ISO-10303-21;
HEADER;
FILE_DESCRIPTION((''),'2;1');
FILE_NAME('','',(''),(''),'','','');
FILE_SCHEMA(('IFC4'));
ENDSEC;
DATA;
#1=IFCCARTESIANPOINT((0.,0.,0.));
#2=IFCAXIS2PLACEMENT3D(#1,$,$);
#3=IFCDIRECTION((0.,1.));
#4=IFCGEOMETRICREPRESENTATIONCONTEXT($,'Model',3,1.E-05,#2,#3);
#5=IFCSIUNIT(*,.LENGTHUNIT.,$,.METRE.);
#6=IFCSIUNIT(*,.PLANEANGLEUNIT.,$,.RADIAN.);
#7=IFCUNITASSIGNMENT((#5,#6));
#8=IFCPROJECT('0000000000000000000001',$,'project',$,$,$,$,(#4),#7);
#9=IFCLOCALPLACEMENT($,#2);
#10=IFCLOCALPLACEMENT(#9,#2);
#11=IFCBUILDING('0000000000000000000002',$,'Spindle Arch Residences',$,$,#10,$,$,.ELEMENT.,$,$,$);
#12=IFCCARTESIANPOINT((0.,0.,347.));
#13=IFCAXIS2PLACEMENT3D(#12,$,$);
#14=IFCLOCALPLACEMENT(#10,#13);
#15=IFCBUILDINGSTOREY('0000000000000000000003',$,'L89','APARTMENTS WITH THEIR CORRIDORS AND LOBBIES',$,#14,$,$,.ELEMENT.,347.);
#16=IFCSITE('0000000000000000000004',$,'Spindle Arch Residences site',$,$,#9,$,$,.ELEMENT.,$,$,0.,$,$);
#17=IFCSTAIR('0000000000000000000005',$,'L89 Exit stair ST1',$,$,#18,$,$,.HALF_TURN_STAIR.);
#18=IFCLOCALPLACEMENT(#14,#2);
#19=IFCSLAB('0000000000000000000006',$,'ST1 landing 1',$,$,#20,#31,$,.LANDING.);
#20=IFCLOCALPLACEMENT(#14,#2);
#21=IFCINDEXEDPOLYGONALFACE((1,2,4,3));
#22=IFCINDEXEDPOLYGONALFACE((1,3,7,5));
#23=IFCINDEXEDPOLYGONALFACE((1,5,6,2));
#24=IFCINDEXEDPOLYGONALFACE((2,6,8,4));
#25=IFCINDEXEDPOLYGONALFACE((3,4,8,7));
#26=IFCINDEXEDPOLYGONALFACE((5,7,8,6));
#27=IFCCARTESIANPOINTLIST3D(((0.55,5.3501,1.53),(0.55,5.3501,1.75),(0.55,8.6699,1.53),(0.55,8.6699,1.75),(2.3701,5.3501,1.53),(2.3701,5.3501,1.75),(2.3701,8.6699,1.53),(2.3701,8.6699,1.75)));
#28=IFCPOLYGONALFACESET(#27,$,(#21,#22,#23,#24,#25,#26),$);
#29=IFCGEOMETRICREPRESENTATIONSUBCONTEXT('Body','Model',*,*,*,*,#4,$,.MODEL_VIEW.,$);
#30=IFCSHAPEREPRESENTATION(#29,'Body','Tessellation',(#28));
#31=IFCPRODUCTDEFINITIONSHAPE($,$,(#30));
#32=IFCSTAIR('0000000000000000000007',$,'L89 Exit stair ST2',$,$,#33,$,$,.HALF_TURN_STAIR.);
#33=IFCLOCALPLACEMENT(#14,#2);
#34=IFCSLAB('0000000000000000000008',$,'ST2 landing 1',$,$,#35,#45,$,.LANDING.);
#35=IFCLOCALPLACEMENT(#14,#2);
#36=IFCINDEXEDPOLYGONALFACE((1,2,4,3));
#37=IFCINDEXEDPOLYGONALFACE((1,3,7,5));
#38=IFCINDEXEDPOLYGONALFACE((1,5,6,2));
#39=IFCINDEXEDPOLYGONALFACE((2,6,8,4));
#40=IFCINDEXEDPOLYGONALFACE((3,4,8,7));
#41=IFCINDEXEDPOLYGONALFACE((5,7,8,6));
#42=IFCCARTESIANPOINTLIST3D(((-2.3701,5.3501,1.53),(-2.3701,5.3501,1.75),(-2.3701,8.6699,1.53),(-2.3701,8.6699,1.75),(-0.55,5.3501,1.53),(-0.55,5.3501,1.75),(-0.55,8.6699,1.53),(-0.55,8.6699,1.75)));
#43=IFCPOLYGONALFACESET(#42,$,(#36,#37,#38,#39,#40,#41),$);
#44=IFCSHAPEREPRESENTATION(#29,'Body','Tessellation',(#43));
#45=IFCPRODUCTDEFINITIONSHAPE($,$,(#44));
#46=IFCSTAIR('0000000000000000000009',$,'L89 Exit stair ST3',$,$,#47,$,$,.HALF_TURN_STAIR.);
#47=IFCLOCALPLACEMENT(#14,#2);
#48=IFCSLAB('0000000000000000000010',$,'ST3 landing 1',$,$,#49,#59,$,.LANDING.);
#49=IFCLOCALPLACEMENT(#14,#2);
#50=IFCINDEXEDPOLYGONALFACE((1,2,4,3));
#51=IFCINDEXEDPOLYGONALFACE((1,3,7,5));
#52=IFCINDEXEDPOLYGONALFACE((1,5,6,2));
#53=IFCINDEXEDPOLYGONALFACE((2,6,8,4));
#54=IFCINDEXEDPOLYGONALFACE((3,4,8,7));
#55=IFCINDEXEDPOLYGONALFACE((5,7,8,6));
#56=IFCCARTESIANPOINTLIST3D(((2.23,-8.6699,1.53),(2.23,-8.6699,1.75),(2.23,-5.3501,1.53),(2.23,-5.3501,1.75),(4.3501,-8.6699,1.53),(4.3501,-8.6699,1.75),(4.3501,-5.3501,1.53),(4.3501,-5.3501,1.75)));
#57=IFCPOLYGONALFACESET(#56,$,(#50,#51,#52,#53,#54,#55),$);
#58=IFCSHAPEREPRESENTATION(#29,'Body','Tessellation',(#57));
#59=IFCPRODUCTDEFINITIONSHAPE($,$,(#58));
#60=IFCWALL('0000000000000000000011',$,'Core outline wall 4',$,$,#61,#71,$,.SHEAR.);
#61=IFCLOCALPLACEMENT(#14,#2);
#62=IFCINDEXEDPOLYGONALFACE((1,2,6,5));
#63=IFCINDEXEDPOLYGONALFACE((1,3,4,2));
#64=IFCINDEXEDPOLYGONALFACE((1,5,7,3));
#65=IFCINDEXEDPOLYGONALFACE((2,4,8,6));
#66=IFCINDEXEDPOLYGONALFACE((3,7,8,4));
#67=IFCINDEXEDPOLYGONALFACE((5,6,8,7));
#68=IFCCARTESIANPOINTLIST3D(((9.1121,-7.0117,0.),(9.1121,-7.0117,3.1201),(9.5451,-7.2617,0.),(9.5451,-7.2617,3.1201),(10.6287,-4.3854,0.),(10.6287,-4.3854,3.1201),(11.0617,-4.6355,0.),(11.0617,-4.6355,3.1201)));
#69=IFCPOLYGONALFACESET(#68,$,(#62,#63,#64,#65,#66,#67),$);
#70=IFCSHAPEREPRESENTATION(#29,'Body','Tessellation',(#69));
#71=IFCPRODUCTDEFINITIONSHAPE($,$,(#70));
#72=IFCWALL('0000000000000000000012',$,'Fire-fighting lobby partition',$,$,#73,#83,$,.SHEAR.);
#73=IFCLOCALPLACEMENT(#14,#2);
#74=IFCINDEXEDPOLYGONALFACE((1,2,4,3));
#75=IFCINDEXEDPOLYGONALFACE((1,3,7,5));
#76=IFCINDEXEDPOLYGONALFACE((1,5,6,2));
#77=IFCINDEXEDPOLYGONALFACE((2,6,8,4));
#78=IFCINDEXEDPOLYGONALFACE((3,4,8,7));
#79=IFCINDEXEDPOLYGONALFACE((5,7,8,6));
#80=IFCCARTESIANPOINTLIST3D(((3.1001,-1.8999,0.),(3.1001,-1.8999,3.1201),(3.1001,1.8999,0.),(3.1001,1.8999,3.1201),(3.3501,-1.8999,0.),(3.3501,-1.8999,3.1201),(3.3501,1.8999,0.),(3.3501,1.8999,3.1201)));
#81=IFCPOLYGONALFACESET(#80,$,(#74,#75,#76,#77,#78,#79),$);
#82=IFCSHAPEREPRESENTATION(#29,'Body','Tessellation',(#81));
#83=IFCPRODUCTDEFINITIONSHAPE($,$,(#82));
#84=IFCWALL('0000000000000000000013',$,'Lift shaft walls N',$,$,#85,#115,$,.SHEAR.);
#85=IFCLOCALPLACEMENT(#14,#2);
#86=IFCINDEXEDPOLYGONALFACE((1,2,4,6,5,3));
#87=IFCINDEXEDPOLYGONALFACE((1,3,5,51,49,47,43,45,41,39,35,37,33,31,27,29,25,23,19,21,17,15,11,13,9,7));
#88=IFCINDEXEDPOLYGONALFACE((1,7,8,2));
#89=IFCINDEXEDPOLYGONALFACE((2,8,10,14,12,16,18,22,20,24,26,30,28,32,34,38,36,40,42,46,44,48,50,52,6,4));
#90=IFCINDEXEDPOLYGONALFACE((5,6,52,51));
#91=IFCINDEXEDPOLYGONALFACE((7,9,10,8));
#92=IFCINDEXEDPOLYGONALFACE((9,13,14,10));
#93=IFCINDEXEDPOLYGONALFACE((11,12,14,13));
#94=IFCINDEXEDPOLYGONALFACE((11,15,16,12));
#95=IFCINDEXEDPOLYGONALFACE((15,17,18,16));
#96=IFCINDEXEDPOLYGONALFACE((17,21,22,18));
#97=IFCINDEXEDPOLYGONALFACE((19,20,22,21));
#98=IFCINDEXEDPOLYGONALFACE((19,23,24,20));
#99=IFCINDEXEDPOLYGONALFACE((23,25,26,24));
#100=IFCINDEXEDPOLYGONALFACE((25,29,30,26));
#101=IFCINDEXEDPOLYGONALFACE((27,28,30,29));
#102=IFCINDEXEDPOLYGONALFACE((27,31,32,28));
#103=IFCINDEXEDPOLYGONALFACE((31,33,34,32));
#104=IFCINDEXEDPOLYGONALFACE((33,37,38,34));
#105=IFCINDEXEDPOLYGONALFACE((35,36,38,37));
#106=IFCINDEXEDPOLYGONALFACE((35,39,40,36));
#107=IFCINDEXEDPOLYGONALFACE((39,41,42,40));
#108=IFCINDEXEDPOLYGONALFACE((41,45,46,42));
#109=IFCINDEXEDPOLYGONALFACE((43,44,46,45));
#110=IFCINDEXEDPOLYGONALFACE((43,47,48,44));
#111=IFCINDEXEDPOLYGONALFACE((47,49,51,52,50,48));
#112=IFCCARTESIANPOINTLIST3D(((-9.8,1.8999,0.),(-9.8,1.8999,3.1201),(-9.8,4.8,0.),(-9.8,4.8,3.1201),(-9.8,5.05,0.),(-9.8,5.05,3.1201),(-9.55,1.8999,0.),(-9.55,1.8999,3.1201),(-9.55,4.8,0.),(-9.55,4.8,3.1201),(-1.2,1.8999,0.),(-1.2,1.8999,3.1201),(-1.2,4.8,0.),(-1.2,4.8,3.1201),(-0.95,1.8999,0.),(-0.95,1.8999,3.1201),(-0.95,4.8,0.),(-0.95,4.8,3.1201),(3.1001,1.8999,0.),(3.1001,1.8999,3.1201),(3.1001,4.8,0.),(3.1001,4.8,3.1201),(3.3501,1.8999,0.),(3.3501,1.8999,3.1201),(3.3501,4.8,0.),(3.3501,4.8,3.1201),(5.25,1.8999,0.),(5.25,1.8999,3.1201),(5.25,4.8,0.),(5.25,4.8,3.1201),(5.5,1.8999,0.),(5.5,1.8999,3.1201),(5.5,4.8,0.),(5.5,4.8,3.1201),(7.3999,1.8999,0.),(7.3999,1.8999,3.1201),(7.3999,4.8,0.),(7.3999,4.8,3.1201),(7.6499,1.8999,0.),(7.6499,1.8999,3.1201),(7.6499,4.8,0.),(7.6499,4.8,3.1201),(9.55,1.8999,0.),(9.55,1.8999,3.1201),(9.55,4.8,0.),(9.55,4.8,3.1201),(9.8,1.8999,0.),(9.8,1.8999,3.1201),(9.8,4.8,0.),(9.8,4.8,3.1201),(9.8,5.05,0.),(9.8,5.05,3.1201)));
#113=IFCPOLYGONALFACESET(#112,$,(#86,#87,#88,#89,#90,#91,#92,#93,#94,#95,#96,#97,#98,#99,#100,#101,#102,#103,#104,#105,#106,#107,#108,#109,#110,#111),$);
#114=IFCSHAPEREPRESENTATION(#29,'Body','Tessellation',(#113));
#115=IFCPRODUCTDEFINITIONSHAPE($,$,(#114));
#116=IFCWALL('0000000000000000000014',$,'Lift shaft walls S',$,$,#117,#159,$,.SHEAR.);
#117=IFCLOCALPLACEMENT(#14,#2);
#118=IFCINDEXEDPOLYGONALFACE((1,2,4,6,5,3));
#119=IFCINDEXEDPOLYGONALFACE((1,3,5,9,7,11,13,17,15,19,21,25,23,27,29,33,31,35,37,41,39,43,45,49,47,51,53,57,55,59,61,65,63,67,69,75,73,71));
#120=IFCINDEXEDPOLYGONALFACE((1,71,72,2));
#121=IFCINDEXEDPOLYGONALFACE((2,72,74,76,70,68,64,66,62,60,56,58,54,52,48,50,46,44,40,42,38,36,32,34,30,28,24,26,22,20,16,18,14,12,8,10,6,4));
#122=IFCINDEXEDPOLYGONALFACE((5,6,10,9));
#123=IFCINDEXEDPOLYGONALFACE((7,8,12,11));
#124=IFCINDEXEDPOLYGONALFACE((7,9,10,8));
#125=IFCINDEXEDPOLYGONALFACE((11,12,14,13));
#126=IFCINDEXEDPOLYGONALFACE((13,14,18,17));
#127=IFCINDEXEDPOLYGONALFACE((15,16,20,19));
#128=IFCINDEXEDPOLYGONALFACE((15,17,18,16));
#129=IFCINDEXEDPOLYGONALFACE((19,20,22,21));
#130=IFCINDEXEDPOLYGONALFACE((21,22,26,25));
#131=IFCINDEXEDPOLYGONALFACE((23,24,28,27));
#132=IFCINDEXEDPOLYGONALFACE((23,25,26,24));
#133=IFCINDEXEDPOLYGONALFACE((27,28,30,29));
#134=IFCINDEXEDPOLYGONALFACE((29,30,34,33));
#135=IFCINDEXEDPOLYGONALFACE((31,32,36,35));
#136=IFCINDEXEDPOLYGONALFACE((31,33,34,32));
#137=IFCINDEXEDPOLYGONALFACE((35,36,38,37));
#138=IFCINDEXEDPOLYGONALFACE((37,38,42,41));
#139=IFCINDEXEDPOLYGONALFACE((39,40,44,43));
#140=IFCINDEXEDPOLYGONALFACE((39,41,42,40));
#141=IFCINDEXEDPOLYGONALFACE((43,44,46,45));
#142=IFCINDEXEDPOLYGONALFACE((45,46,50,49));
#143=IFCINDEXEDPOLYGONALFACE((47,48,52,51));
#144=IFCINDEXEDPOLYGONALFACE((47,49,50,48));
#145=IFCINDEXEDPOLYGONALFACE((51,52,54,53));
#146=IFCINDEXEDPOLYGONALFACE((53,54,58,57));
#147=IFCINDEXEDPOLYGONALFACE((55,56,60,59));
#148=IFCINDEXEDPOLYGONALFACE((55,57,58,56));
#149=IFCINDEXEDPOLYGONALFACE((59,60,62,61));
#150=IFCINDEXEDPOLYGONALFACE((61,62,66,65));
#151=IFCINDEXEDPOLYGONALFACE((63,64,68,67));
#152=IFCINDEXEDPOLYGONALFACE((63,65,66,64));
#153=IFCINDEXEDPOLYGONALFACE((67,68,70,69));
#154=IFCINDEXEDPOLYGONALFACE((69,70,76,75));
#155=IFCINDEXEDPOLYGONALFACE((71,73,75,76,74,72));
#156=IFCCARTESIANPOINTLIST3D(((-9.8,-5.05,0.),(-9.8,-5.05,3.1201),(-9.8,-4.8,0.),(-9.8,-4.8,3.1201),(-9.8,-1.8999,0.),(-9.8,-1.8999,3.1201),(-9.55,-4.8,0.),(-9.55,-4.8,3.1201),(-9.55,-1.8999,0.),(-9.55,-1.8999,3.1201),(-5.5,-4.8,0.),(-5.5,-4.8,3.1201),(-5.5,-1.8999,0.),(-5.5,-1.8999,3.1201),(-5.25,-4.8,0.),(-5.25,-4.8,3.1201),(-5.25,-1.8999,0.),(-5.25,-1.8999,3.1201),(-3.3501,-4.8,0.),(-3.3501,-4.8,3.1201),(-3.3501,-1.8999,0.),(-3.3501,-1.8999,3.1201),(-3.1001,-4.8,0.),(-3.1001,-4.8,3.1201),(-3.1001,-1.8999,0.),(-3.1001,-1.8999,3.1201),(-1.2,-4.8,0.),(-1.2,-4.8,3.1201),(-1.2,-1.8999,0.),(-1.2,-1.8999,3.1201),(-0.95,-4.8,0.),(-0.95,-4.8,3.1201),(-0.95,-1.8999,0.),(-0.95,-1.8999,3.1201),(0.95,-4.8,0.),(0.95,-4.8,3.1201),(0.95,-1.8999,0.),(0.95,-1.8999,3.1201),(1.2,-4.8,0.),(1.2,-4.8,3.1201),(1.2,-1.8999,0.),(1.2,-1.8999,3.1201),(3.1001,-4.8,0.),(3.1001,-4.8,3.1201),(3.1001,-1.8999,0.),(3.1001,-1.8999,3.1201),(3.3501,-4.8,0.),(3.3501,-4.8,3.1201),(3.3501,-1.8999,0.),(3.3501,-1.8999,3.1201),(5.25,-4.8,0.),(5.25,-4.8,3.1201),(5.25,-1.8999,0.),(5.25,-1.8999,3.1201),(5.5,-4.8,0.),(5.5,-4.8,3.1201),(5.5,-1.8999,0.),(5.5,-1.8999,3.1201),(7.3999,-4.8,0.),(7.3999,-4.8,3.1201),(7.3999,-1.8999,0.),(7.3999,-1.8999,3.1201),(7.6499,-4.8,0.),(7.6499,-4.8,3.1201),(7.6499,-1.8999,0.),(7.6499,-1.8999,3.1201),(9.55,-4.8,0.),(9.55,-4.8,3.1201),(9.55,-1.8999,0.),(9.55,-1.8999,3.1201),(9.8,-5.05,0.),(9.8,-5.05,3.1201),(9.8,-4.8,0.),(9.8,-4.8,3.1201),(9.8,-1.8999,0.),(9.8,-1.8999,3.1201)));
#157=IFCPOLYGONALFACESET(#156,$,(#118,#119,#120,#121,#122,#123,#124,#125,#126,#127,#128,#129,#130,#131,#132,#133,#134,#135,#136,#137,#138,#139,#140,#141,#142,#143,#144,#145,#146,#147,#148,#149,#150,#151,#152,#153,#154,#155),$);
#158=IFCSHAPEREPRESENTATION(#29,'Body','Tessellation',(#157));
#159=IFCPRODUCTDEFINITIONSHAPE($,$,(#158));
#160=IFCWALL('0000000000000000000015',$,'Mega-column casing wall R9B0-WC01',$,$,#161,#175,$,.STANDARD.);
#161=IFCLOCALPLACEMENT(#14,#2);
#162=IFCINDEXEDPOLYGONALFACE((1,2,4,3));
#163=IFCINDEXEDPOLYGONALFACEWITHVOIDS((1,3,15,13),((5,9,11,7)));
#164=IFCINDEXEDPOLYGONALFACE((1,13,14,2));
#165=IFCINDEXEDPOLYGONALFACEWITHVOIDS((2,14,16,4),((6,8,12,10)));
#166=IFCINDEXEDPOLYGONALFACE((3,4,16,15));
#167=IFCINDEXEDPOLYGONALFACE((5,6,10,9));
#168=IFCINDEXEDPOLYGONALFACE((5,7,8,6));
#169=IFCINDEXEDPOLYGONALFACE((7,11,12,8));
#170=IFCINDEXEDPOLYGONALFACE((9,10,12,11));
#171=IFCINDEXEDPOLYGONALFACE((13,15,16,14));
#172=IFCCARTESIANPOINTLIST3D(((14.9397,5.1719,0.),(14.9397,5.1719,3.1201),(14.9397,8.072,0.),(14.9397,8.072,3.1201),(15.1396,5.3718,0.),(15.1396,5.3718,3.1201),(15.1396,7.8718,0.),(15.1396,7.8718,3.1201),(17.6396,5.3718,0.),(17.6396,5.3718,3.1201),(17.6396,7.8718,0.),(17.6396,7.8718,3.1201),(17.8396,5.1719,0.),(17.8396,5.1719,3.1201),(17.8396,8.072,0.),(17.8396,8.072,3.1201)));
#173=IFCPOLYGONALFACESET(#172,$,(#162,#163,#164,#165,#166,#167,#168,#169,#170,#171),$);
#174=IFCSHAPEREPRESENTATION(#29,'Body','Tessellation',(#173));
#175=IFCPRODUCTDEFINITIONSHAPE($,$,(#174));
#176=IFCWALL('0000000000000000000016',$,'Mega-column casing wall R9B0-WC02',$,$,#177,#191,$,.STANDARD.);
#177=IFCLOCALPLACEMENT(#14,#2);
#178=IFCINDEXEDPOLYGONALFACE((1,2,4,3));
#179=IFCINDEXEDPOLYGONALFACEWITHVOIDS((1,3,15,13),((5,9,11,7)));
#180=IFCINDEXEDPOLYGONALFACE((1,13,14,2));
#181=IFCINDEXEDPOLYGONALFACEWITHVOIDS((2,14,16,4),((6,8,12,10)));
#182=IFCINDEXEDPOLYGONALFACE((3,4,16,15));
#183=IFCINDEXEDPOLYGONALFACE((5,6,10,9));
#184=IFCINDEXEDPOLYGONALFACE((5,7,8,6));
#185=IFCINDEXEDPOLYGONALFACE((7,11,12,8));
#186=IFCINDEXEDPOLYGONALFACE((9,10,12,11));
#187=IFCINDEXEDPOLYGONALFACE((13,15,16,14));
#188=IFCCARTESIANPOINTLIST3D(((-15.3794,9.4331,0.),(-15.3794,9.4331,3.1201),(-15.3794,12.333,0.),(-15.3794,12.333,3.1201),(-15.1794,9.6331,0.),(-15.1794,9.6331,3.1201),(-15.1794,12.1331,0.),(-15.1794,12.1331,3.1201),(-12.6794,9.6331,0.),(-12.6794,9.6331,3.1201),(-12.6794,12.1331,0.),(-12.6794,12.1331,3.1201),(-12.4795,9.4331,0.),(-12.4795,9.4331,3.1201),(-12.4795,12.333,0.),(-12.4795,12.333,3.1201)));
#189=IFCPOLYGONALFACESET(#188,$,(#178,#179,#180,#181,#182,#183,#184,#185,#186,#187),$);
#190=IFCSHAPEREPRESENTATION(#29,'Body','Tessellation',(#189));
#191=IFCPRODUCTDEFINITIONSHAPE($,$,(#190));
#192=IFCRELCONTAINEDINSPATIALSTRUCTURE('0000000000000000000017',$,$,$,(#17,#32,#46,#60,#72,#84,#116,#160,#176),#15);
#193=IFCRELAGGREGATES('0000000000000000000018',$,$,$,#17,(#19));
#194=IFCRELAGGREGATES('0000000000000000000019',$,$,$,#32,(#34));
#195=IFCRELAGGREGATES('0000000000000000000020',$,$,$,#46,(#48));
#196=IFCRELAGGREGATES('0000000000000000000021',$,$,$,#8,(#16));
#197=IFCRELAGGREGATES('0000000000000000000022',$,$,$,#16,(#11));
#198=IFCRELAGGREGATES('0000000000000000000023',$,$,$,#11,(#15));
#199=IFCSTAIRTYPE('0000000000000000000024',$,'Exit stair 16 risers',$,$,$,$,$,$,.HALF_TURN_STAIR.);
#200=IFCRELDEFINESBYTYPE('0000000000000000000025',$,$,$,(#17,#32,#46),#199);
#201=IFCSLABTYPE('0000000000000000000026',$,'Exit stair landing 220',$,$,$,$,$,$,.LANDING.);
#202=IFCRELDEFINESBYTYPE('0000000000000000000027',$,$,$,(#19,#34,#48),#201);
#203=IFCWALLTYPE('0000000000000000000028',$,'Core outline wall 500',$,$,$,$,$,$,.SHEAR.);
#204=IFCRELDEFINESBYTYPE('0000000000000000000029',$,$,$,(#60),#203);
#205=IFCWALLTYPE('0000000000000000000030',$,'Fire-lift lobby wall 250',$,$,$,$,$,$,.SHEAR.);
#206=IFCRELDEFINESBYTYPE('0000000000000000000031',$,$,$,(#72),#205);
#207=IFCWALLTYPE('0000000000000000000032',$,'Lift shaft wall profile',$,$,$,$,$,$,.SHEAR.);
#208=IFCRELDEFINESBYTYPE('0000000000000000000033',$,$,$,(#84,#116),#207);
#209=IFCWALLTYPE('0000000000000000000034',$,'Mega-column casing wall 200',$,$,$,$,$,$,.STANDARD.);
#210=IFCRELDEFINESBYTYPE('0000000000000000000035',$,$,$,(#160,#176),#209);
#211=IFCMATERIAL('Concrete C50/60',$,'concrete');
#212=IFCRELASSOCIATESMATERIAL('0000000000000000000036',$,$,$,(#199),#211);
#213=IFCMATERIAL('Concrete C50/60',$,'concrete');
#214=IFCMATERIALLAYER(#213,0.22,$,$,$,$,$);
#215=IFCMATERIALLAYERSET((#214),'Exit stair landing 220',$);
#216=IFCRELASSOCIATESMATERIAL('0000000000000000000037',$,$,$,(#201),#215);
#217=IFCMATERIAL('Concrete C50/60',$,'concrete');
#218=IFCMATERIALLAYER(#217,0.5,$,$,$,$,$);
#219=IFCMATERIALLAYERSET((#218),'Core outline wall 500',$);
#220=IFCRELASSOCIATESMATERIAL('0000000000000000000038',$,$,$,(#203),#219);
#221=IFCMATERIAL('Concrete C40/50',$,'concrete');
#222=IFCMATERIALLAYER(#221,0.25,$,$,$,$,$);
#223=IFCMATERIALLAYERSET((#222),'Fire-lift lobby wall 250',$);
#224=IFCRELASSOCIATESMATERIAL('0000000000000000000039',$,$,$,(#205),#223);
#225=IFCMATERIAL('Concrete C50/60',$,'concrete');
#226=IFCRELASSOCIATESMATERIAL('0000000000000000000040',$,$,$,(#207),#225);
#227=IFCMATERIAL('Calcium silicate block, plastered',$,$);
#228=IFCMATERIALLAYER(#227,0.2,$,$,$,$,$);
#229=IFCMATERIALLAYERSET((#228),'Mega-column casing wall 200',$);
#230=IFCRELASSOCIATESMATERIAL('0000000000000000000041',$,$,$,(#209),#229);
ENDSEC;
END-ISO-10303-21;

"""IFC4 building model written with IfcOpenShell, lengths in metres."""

from ifc_helpers import new_model, si_unit, direction, frame, frame_2d, origin, place, context, subcontext, project, spatial, polyline, rectangle, outline, extrude, material, layer, layer_set, type_object, element, aggregate, save


model = new_model("IFC4")

# Units and contexts
model_context = context("Model", 3, precision=1e-05, world=origin(), true_north=direction((0.0, 1.0)))
body_context = subcontext(model_context, "Body", "Model", "MODEL_VIEW")
ifc_project = project(units=[si_unit("LENGTHUNIT", "METRE"), si_unit("PLANEANGLEUNIT", "RADIAN")], contexts=[model_context])

# Site, building, storey
site_placement = place(None, origin())
site = spatial("IfcSite", under=ifc_project, at=site_placement, Name="Spindle Arch Residences site", CompositionType="ELEMENT", RefElevation=0.0)
building_placement = place(site_placement, origin())
building = spatial("IfcBuilding", under=site, at=building_placement, Name="Spindle Arch Residences", CompositionType="ELEMENT")
storey_placement = place(building_placement, frame((0.0, 0.0, 347.0)))
storey = spatial("IfcBuildingStorey", under=building, at=storey_placement, Name="L89", Description="APARTMENTS WITH THEIR CORRIDORS AND LOBBIES", CompositionType="ELEMENT", Elevation=347.0)

# Stairs, slabs
ifc_material_1 = material(Name="Concrete C50/60", Category="concrete")
stair_type = type_object("IfcStairType", Name="Exit stair 16 risers", PredefinedType="HALF_TURN_STAIR", material=ifc_material_1)
stair_1_placement = place(storey_placement, origin())
stair_1 = element("IfcStair", 1, at=stair_1_placement, inside=storey, type_object=stair_type, Name="L89 Exit stair ST1", PredefinedType="HALF_TURN_STAIR")
ifc_material_2 = material(Name="Concrete C50/60", Category="concrete")
ifc_layer_1 = layer(ifc_material_2, 0.22)
ifc_layer_set_1 = layer_set([ifc_layer_1], Name="Exit stair landing 220")
slab_type_1 = type_object("IfcSlabType", Name="Exit stair landing 220", PredefinedType="LANDING", material=ifc_layer_set_1)
slab_1_placement = place(storey_placement, frame((0.0, 0.0, 1.53)))
slab_1 = element("IfcSlab", 2, at=slab_1_placement, type_object=slab_type_1, Name="ST1 landing 1", PredefinedType="LANDING", context=body_context, shape_type="SweptSolid", body=[
    extrude(outline(polyline([(2.3701, 8.6699), (0.55, 8.6699), (0.55, 5.3501), (2.3701, 5.3501), (2.3701, 8.6699)])), origin(), (0.0, 0.0, 1.0), 0.22),
])
aggregate(stair_1, [slab_1])
stair_2_placement = place(storey_placement, origin())
stair_2 = element("IfcStair", 3, at=stair_2_placement, inside=storey, type_object=stair_type, Name="L89 Exit stair ST2", PredefinedType="HALF_TURN_STAIR")
slab_2_placement = place(storey_placement, frame((0.0, 0.0, 1.53)))
slab_2 = element("IfcSlab", 4, at=slab_2_placement, type_object=slab_type_1, Name="ST2 landing 1", PredefinedType="LANDING", context=body_context, shape_type="SweptSolid", body=[
    extrude(outline(polyline([(-2.3701, 5.3501), (-0.55, 5.3501), (-0.55, 8.6699), (-2.3701, 8.6699), (-2.3701, 5.3501)])), origin(), (0.0, 0.0, 1.0), 0.22),
])
aggregate(stair_2, [slab_2])
stair_3_placement = place(storey_placement, origin())
stair_3 = element("IfcStair", 5, at=stair_3_placement, inside=storey, type_object=stair_type, Name="L89 Exit stair ST3", PredefinedType="HALF_TURN_STAIR")
slab_3_placement = place(storey_placement, frame((0.0, 0.0, 1.53)))
slab_3 = element("IfcSlab", 6, at=slab_3_placement, type_object=slab_type_1, Name="ST3 landing 1", PredefinedType="LANDING", context=body_context, shape_type="SweptSolid", body=[
    extrude(outline(polyline([(2.23, -8.6699), (4.3501, -8.6699), (4.3501, -5.3501), (2.23, -5.3501), (2.23, -8.6699)])), origin(), (0.0, 0.0, 1.0), 0.22),
])

# Walls
ifc_material_3 = material(Name="Concrete C50/60", Category="concrete")
ifc_layer_2 = layer(ifc_material_3, 0.5)
ifc_layer_set_2 = layer_set([ifc_layer_2], Name="Core outline wall 500")
wall_type_1 = type_object("IfcWallType", Name="Core outline wall 500", PredefinedType="SHEAR", material=ifc_layer_set_2)
wall_1_placement = place(storey_placement, frame((9.3286, -7.1367, 0.0), z_axis=(0.0, 0.0, 1.0), x_axis=(0.500087, 0.865975, 0.0)))
element("IfcWall", 7, at=wall_1_placement, inside=storey, type_object=wall_type_1, Name="Core outline wall 4", PredefinedType="SHEAR", context=body_context, shape_type="SweptSolid", body=[
    extrude(rectangle(XDim=3.0327, YDim=0.5, at=frame_2d((1.5164, 0.0))), origin(), (0.0, 0.0, 1.0), 3.1201),
])
ifc_material_4 = material(Name="Concrete C40/50", Category="concrete")
ifc_layer_3 = layer(ifc_material_4, 0.25)
ifc_layer_set_3 = layer_set([ifc_layer_3], Name="Fire-lift lobby wall 250")
wall_type_2 = type_object("IfcWallType", Name="Fire-lift lobby wall 250", PredefinedType="SHEAR", material=ifc_layer_set_3)
wall_2_placement = place(storey_placement, frame((3.2251, -1.8999, 0.0), z_axis=(0.0, 0.0, 1.0), x_axis=(0.0, 1.0, 0.0)))
element("IfcWall", 8, at=wall_2_placement, inside=storey, type_object=wall_type_2, Name="Fire-fighting lobby partition", PredefinedType="SHEAR", context=body_context, shape_type="SweptSolid", body=[
    extrude(rectangle(XDim=3.7998, YDim=0.25, at=frame_2d((1.8999, 0.0))), origin(), (0.0, 0.0, 1.0), 3.1201),
])

# Walls
ifc_material_5 = material(Name="Concrete C50/60", Category="concrete")
wall_type_3 = type_object("IfcWallType", Name="Lift shaft wall profile", PredefinedType="SHEAR", material=ifc_material_5)
wall_3_placement = place(storey_placement, origin())
element("IfcWall", 9, at=wall_3_placement, inside=storey, type_object=wall_type_3, Name="Lift shaft walls N", PredefinedType="SHEAR", context=body_context, shape_type="SweptSolid", body=[
    extrude(outline(polyline([(-9.8, 1.8999), (-9.55, 1.8999), (-9.55, 4.8), (-1.2, 4.8), (-1.2, 1.8999), (-0.95, 1.8999), (-0.95, 4.8), (3.1001, 4.8), (3.1001, 1.8999), (3.3501, 1.8999), (3.3501, 4.8), (5.25, 4.8), (5.25, 1.8999), (5.5, 1.8999), (5.5, 4.8), (7.3999, 4.8), (7.3999, 1.8999), (7.6499, 1.8999), (7.6499, 4.8), (9.55, 4.8), (9.55, 1.8999), (9.8, 1.8999), (9.8, 4.8), (9.8, 5.05), (-9.8, 5.05), (-9.8, 4.8), (-9.8, 1.8999)])), origin(), (0.0, 0.0, 1.0), 3.1201),
])
wall_4_placement = place(storey_placement, origin())
element("IfcWall", 10, at=wall_4_placement, inside=storey, type_object=wall_type_3, Name="Lift shaft walls S", PredefinedType="SHEAR", context=body_context, shape_type="SweptSolid", body=[
    extrude(outline(polyline([(9.8, -5.05), (9.8, -4.8), (9.8, -1.8999), (9.55, -1.8999), (9.55, -4.8), (7.6499, -4.8), (7.6499, -1.8999), (7.3999, -1.8999), (7.3999, -4.8), (5.5, -4.8), (5.5, -1.8999), (5.25, -1.8999), (5.25, -4.8), (3.3501, -4.8), (3.3501, -1.8999), (3.1001, -1.8999), (3.1001, -4.8), (1.2, -4.8), (1.2, -1.8999), (0.95, -1.8999), (0.95, -4.8), (-0.95, -4.8), (-0.95, -1.8999), (-1.2, -1.8999), (-1.2, -4.8), (-3.1001, -4.8), (-3.1001, -1.8999), (-3.3501, -1.8999), (-3.3501, -4.8), (-5.25, -4.8), (-5.25, -1.8999), (-5.5, -1.8999), (-5.5, -4.8), (-9.55, -4.8), (-9.55, -1.8999), (-9.8, -1.8999), (-9.8, -4.8), (-9.8, -5.05), (9.8, -5.05)])), origin(), (0.0, 0.0, 1.0), 3.1201),
])
ifc_material_6 = material(Name="Calcium silicate block, plastered")
ifc_layer_4 = layer(ifc_material_6, 0.2)
ifc_layer_set_4 = layer_set([ifc_layer_4], Name="Mega-column casing wall 200")
wall_type_4 = type_object("IfcWallType", Name="Mega-column casing wall 200", PredefinedType="STANDARD", material=ifc_layer_set_4)
wall_5_placement = place(storey_placement, origin())
element("IfcWall", 11, at=wall_5_placement, inside=storey, type_object=wall_type_4, Name="Mega-column casing wall R9B0-WC01", PredefinedType="STANDARD", context=body_context, shape_type="SweptSolid", body=[
    extrude(outline(polyline([(17.8396, 8.072), (17.8396, 5.1719), (14.9397, 5.1719), (14.9397, 8.072), (17.8396, 8.072)]), holes=[polyline([(15.1396, 5.3718), (17.6396, 5.3718), (17.6396, 7.8718), (15.1396, 7.8718), (15.1396, 5.3718)])]), origin(), (0.0, 0.0, 1.0), 3.1201),
])
wall_6_placement = place(storey_placement, origin())
element("IfcWall", 12, at=wall_6_placement, inside=storey, type_object=wall_type_4, Name="Mega-column casing wall R9B0-WC02", PredefinedType="STANDARD", context=body_context, shape_type="SweptSolid", body=[
    extrude(outline(polyline([(-12.4795, 12.333), (-12.4795, 9.4331), (-15.3794, 9.4331), (-15.3794, 12.333), (-12.4795, 12.333)]), holes=[polyline([(-15.1794, 9.6331), (-12.6794, 9.6331), (-12.6794, 12.1331), (-15.1794, 12.1331), (-15.1794, 9.6331)])]), origin(), (0.0, 0.0, 1.0), 3.1201),
])

aggregate(stair_3, [slab_3])

save(model, "model.ifc")
